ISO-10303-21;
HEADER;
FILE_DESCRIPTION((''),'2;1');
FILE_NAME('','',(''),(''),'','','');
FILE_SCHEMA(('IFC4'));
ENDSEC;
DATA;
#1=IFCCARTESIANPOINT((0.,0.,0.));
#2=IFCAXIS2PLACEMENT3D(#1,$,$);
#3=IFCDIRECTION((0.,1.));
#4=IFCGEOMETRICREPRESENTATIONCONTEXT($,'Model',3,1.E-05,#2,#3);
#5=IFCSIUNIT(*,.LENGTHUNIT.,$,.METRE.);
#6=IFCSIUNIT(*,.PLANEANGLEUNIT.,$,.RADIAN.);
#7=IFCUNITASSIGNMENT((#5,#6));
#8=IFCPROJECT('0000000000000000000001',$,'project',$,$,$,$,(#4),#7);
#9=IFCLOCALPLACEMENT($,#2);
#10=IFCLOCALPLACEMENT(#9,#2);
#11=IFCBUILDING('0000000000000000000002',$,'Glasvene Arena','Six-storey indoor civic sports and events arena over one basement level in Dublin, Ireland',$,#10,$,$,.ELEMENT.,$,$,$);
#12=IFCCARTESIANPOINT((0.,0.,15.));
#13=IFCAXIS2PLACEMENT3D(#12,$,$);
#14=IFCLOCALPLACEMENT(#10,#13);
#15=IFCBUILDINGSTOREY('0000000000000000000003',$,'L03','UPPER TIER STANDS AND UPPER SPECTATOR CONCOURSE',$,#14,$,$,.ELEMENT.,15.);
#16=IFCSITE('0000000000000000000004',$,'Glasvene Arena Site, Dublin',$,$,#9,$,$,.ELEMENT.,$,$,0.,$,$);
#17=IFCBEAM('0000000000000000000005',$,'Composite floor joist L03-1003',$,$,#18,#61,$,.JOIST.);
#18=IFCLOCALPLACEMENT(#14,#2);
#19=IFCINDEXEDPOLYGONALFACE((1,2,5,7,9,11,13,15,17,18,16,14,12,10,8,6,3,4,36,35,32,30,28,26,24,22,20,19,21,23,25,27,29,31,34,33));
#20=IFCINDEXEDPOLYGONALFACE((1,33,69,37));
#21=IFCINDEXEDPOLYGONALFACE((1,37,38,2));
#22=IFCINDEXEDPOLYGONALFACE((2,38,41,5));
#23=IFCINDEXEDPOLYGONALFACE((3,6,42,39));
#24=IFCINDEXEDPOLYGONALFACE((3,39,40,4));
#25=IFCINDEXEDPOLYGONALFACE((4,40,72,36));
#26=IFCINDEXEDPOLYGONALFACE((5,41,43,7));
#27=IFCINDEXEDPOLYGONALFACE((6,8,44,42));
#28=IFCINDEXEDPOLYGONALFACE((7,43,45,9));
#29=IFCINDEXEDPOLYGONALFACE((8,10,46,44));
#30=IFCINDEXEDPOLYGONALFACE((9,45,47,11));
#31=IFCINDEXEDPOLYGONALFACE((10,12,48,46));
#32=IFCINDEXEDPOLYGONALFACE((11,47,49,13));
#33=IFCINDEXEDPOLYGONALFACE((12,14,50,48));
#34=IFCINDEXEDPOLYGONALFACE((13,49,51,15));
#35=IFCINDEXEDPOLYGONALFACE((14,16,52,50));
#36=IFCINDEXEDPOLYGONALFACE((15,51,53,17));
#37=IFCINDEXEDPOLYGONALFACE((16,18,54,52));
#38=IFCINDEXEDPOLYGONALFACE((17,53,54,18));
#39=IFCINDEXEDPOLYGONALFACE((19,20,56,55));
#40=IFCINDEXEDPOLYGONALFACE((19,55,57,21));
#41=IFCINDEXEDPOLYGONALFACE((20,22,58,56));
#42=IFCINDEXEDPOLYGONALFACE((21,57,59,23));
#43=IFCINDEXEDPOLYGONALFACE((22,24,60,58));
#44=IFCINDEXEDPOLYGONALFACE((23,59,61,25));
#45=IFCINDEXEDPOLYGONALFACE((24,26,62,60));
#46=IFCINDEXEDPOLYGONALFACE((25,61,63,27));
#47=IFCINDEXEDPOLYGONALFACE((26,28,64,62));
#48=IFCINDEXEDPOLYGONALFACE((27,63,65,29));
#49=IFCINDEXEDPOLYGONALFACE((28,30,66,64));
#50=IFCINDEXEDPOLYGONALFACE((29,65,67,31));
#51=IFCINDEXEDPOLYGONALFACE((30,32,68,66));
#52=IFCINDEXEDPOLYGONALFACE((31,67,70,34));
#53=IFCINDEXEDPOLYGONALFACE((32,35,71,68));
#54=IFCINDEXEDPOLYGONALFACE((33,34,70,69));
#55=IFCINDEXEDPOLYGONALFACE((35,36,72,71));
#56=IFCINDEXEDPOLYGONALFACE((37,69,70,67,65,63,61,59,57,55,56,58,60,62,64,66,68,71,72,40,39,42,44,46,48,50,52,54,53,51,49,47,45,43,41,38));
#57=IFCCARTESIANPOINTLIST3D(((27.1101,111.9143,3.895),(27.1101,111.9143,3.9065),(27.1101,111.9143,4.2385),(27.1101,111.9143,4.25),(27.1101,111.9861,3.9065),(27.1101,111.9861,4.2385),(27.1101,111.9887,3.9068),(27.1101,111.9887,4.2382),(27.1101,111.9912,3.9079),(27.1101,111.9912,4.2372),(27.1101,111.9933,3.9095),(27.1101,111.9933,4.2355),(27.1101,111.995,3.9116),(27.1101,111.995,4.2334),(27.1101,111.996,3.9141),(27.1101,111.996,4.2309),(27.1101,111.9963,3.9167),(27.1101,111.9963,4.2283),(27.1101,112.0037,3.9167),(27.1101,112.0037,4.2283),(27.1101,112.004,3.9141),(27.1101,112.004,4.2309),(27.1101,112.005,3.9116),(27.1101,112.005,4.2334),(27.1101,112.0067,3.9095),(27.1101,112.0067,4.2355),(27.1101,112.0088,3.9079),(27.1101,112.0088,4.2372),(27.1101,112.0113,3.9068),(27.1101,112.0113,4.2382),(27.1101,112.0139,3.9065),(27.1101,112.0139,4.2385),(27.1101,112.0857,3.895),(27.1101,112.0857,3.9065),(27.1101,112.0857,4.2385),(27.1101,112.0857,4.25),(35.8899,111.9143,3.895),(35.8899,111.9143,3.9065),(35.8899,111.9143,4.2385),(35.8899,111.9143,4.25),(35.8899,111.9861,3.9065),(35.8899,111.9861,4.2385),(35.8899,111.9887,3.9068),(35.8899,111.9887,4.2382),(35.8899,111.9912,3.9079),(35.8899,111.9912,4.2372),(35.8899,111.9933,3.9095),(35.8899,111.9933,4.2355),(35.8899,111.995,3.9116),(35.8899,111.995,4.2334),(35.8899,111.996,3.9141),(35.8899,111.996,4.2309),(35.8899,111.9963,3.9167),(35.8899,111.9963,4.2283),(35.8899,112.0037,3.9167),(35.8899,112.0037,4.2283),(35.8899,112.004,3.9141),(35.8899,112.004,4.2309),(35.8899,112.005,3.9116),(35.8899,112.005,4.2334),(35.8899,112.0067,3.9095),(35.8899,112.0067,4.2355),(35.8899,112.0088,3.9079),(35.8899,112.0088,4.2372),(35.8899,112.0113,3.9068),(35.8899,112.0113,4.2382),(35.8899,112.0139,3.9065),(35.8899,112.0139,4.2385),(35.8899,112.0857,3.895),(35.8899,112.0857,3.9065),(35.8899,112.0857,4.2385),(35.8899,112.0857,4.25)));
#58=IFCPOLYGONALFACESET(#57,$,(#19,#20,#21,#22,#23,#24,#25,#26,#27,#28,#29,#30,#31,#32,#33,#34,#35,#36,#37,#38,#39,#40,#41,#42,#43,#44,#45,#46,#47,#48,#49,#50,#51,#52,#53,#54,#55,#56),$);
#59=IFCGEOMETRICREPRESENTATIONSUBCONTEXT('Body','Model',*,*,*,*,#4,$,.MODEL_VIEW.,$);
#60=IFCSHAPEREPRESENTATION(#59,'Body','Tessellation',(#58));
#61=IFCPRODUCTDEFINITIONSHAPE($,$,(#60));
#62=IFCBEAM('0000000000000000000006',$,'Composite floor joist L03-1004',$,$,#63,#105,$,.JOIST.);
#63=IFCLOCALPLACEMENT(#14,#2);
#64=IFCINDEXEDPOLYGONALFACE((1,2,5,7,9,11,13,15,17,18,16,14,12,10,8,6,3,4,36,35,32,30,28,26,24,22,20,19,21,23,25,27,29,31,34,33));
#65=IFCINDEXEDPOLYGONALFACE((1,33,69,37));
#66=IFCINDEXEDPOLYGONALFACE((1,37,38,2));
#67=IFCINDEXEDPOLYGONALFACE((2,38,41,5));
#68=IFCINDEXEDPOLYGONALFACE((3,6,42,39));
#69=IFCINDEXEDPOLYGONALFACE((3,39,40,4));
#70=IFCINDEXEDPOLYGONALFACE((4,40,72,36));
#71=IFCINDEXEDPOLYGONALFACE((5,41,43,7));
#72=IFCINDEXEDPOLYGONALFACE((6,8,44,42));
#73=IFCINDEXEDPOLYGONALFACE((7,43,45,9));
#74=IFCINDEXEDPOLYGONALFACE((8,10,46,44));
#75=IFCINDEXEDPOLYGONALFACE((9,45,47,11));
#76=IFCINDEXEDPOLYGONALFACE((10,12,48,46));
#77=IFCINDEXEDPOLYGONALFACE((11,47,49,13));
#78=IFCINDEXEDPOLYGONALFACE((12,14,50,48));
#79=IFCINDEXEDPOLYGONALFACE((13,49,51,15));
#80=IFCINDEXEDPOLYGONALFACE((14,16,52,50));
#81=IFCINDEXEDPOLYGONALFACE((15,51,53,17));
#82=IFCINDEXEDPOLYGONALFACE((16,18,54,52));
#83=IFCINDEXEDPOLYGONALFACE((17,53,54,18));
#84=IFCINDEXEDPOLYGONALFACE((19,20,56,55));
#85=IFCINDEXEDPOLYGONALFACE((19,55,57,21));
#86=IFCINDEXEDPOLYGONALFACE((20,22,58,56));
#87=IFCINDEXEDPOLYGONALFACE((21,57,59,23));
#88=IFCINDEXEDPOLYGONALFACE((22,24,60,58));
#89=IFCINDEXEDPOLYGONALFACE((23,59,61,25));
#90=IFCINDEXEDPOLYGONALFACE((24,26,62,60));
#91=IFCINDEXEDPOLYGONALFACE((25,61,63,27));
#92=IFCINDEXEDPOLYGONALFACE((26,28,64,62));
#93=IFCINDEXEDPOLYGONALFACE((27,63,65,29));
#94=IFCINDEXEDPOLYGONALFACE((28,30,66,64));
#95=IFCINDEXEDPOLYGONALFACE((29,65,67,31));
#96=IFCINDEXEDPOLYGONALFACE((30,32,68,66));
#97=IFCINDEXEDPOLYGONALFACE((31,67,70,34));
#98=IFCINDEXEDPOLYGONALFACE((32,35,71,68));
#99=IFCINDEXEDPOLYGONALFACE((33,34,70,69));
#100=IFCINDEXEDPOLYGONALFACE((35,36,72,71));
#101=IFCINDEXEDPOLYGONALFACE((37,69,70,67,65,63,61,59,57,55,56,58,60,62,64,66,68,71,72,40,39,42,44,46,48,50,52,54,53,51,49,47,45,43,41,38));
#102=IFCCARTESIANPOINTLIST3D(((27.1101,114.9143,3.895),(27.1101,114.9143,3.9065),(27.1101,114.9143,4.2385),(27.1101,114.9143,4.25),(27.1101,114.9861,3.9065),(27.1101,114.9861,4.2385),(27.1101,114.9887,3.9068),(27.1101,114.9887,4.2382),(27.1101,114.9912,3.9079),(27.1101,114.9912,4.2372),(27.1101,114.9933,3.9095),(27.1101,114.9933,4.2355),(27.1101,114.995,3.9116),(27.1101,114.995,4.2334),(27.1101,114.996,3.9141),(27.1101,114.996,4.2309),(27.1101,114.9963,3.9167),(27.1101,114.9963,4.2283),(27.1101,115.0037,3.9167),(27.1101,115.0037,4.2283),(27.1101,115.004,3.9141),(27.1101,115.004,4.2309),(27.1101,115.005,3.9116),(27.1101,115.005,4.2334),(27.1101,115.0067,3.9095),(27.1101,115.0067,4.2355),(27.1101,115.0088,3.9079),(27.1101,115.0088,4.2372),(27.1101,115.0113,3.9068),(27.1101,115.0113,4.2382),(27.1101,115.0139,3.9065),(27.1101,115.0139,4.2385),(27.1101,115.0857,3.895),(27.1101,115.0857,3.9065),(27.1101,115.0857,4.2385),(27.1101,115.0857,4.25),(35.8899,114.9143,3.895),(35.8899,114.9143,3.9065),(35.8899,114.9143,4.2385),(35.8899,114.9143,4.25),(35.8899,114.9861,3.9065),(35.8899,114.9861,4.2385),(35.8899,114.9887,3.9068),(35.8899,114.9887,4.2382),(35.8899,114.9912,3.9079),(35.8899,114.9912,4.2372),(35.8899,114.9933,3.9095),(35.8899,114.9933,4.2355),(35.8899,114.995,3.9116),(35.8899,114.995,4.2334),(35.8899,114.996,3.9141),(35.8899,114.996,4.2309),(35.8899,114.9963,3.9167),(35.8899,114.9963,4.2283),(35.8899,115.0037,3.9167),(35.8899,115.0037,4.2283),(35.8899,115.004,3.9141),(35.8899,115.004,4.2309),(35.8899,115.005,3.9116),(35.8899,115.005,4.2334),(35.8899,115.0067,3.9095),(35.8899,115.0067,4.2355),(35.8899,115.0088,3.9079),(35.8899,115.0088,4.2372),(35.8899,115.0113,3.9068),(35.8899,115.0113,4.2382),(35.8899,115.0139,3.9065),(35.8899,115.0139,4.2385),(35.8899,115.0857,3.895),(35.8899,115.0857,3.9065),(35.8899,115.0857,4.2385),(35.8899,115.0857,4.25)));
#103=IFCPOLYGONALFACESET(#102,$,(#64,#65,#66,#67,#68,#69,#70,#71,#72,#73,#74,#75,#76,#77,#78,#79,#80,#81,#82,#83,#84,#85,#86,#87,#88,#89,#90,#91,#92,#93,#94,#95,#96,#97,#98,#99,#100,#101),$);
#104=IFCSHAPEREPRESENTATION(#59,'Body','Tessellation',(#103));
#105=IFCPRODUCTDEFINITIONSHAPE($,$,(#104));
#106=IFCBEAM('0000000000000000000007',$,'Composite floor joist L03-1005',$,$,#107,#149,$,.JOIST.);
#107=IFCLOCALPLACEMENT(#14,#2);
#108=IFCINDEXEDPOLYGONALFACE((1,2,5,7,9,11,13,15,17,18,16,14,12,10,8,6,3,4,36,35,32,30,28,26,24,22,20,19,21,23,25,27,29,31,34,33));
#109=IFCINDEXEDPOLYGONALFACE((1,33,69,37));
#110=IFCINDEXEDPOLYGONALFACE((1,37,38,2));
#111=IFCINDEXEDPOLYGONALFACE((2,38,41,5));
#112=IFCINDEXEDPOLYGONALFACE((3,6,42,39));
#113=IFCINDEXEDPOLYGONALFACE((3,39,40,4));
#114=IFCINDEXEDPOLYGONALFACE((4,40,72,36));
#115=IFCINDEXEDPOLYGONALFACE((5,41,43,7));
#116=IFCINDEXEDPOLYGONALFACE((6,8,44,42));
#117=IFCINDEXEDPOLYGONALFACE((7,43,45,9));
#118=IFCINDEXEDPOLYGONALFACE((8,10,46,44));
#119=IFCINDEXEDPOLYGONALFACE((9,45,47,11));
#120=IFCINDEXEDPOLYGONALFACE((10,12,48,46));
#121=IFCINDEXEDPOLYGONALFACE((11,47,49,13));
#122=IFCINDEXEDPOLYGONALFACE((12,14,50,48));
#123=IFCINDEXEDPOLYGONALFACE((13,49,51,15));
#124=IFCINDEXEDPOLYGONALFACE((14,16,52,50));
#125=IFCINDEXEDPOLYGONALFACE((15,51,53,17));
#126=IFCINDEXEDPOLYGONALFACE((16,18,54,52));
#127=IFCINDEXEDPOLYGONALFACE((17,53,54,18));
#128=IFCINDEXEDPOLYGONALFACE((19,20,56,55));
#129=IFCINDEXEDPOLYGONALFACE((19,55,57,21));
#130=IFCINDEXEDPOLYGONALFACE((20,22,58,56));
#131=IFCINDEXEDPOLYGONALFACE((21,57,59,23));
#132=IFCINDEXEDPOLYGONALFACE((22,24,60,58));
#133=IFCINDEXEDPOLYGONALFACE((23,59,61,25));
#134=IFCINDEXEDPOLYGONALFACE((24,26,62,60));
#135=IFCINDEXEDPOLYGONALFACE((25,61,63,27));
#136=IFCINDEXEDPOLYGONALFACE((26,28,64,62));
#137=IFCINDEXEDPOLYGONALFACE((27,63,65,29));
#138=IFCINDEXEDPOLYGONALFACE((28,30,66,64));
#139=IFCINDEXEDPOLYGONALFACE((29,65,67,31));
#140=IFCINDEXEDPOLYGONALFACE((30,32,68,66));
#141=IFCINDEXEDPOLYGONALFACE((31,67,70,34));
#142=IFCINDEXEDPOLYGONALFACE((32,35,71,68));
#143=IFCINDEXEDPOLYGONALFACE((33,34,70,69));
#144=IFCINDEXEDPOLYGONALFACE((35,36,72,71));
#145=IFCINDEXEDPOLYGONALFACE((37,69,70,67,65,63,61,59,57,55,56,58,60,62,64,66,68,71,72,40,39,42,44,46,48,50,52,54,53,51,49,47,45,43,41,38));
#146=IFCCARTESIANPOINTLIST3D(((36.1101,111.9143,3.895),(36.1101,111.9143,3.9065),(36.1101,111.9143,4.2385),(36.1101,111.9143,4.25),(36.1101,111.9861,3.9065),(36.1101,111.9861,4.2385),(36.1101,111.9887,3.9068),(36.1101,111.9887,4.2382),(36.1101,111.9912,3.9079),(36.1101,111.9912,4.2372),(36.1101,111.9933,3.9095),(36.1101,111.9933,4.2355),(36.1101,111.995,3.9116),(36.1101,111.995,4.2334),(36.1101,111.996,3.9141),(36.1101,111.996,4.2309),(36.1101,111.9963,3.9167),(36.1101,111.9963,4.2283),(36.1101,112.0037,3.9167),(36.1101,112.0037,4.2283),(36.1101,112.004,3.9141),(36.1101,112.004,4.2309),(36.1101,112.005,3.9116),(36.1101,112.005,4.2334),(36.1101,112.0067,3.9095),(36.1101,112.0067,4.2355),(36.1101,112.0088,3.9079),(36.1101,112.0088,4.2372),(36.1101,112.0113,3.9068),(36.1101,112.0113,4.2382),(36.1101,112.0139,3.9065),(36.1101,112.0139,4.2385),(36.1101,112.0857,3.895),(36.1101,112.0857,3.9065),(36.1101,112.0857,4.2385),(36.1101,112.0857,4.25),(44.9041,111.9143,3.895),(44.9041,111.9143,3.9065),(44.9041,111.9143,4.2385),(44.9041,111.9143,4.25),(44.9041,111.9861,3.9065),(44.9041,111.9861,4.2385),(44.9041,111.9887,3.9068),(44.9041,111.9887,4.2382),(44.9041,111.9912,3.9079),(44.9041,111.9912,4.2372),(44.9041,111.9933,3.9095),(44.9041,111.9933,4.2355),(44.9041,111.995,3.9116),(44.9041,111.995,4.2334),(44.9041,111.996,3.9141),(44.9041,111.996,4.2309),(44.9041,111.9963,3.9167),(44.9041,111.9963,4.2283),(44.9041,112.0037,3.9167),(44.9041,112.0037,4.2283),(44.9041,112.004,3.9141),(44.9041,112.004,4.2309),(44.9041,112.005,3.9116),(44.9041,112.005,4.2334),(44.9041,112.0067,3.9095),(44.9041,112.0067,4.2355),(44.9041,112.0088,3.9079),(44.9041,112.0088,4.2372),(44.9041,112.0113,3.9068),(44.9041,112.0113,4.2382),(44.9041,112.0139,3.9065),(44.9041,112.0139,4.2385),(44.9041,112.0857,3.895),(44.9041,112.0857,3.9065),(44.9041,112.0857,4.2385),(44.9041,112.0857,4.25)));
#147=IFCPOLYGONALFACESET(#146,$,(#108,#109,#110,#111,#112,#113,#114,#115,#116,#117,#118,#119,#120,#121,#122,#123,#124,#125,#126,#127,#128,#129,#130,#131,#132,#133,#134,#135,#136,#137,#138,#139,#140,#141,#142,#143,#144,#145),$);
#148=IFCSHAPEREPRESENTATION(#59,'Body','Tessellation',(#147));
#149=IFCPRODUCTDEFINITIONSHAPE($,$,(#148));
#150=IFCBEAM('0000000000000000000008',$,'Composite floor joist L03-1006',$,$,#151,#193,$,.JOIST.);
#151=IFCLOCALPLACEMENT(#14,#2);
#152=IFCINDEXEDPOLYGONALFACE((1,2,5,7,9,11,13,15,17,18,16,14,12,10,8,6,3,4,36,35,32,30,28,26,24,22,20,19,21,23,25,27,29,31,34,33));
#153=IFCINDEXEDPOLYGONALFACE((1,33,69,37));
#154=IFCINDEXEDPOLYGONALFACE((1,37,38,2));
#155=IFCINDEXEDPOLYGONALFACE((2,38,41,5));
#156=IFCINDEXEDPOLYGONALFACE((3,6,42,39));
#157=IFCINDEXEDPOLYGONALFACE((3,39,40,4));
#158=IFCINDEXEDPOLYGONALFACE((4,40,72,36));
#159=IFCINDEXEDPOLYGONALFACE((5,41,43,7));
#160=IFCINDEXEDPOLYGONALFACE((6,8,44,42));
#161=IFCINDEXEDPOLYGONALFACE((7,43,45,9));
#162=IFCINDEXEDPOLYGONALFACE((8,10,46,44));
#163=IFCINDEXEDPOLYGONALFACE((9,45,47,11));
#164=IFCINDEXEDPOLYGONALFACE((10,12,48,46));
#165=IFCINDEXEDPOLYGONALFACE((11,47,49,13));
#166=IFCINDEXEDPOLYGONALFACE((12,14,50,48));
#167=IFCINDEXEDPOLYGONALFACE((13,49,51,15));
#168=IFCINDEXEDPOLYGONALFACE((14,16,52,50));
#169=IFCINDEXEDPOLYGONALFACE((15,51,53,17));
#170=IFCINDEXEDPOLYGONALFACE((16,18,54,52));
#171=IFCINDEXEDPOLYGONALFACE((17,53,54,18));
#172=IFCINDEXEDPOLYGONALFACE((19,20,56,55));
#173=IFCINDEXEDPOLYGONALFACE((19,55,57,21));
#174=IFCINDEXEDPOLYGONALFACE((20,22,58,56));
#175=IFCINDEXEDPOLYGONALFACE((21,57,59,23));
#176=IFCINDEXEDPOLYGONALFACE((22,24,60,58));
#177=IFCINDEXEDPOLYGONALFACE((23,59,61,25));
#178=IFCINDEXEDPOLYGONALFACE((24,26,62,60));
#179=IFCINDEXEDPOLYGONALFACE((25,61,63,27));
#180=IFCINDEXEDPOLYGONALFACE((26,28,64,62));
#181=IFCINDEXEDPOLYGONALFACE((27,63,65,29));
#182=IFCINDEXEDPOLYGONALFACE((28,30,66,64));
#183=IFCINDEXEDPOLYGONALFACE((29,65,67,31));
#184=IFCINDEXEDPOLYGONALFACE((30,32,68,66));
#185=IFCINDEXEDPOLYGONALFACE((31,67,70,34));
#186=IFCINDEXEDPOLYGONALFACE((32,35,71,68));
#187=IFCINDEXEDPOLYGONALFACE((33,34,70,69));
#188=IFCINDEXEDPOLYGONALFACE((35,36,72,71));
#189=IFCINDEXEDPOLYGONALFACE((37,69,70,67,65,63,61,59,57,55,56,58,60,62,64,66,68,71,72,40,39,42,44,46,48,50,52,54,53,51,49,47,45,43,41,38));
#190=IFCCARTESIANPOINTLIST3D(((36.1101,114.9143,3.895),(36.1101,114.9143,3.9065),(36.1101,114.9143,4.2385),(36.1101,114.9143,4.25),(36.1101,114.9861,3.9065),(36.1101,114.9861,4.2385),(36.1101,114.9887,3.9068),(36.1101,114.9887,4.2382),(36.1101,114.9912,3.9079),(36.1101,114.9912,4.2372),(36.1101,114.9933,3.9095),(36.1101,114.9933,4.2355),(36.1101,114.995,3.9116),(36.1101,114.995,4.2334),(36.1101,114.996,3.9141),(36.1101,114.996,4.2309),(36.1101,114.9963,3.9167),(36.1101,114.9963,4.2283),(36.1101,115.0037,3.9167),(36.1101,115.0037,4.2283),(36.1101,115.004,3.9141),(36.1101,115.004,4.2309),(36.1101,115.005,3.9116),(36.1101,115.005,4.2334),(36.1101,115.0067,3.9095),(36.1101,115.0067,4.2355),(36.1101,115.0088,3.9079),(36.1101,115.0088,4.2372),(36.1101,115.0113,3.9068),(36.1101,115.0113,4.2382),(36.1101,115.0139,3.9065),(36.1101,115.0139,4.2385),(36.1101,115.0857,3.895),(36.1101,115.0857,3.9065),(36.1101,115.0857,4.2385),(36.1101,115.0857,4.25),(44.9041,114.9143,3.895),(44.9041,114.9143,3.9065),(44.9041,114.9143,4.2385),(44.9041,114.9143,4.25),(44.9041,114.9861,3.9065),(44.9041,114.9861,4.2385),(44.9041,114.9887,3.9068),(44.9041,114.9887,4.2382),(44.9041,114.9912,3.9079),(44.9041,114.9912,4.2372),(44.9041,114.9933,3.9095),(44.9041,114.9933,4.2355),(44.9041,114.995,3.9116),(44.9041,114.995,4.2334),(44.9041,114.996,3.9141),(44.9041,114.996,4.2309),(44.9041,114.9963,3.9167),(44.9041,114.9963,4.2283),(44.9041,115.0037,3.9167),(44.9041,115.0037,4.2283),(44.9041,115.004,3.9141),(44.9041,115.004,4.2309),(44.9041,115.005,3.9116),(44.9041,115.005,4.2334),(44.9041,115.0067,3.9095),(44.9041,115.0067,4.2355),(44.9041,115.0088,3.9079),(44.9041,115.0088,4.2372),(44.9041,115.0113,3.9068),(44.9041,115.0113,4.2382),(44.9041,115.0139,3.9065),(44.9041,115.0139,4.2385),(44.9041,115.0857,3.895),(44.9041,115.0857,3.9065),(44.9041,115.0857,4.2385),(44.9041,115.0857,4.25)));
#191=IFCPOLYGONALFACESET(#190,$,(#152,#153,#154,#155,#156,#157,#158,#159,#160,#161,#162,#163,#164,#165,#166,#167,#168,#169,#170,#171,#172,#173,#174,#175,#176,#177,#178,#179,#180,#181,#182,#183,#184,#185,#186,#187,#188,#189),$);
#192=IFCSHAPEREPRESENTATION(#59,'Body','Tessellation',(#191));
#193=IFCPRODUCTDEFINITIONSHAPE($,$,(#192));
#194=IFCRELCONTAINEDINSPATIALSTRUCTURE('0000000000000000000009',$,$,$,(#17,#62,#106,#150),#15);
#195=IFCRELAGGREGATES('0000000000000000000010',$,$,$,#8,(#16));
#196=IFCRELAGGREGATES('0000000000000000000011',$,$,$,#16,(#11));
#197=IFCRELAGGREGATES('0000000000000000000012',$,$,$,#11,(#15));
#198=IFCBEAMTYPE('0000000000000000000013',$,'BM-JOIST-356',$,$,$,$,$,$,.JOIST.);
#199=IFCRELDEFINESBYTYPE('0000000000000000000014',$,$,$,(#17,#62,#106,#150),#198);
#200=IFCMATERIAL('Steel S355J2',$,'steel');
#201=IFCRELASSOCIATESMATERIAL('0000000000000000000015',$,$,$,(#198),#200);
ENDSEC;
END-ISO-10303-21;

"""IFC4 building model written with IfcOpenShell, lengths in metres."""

from ifc_helpers import new_model, si_unit, direction, frame, origin, origin_2d, place, context, subcontext, project, spatial, i_section, extrude, material, material_profile, profile_set, type_object, element, save


model = new_model("IFC4")

# Units and contexts
model_context = context("Model", 3, precision=1e-05, world=origin(), true_north=direction((0.0, 1.0)))
body_context = subcontext(model_context, "Body", "Model", "MODEL_VIEW")
ifc_project = project(units=[si_unit("LENGTHUNIT", "METRE"), si_unit("PLANEANGLEUNIT", "RADIAN")], contexts=[model_context])

# Site, building, storey
site_placement = place(None, origin())
site = spatial("IfcSite", under=ifc_project, at=site_placement, Name="Glasvene Arena Site, Dublin", CompositionType="ELEMENT", RefElevation=0.0)
building_placement = place(site_placement, origin())
building = spatial("IfcBuilding", under=site, at=building_placement, Name="Glasvene Arena", Description="Six-storey indoor civic sports and events arena over one basement level in Dublin, Ireland", CompositionType="ELEMENT")
storey_placement = place(building_placement, frame((0.0, 0.0, 15.0)))
storey = spatial("IfcBuildingStorey", under=building, at=storey_placement, Name="L03", Description="UPPER TIER STANDS AND UPPER SPECTATOR CONCOURSE", CompositionType="ELEMENT", Elevation=15.0)

# Shared definitions
ifc_material_1 = material(Name="Steel S355J2", Category="steel")

# Beams
ifc_material_profile_1 = material_profile(ifc_material_1, i_section(OverallWidth=0.1714, OverallDepth=0.355, WebThickness=0.0073, FlangeThickness=0.0115, FilletRadius=0.0103, at=origin_2d()), Name="UKB 356x171x51")
ifc_profile_set_1 = profile_set([ifc_material_profile_1], Name="Steel S355J2")
beam_type_1 = type_object("IfcBeamType", Name="BM-JOIST-356", PredefinedType="JOIST", material=ifc_profile_set_1)
for number, where, z_axis, x_axis, name in (
    (1, (27.1101, 112.0, 4.0725), (1.0, 0.0, 0.0), (0.0, 1.0, 0.0), "Composite floor joist L03-1003"),
    (2, (27.1101, 115.0, 4.0725), (1.0, 0.0, 0.0), (0.0, 1.0, 0.0), "Composite floor joist L03-1004"),
):
    element("IfcBeam", number, at=place(storey_placement, frame(where, z_axis=z_axis, x_axis=x_axis)), inside=storey, type_object=beam_type_1, Name=name, PredefinedType="JOIST", context=body_context, shape_type="SweptSolid", body=[
        extrude(i_section(OverallWidth=0.1714, OverallDepth=0.355, WebThickness=0.0073, FlangeThickness=0.0115, FilletRadius=0.0103, at=origin_2d()), origin(), (0.0, 0.0, 1.0), 8.7798),
    ])
for number, where, z_axis, x_axis, name in (
    (3, (36.1101, 112.0, 4.0725), (1.0, 0.0, 0.0), (0.0, 1.0, 0.0), "Composite floor joist L03-1005"),
    (4, (36.1101, 115.0, 4.0725), (1.0, 0.0, 0.0), (0.0, 1.0, 0.0), "Composite floor joist L03-1006"),
):
    element("IfcBeam", number, at=place(storey_placement, frame(where, z_axis=z_axis, x_axis=x_axis)), inside=storey, type_object=beam_type_1, Name=name, PredefinedType="JOIST", context=body_context, shape_type="SweptSolid", body=[
        extrude(i_section(OverallWidth=0.1714, OverallDepth=0.355, WebThickness=0.0073, FlangeThickness=0.0115, FilletRadius=0.0103, at=origin_2d()), origin(), (0.0, 0.0, 1.0), 8.7939),
    ])

save(model, "model.ifc")
